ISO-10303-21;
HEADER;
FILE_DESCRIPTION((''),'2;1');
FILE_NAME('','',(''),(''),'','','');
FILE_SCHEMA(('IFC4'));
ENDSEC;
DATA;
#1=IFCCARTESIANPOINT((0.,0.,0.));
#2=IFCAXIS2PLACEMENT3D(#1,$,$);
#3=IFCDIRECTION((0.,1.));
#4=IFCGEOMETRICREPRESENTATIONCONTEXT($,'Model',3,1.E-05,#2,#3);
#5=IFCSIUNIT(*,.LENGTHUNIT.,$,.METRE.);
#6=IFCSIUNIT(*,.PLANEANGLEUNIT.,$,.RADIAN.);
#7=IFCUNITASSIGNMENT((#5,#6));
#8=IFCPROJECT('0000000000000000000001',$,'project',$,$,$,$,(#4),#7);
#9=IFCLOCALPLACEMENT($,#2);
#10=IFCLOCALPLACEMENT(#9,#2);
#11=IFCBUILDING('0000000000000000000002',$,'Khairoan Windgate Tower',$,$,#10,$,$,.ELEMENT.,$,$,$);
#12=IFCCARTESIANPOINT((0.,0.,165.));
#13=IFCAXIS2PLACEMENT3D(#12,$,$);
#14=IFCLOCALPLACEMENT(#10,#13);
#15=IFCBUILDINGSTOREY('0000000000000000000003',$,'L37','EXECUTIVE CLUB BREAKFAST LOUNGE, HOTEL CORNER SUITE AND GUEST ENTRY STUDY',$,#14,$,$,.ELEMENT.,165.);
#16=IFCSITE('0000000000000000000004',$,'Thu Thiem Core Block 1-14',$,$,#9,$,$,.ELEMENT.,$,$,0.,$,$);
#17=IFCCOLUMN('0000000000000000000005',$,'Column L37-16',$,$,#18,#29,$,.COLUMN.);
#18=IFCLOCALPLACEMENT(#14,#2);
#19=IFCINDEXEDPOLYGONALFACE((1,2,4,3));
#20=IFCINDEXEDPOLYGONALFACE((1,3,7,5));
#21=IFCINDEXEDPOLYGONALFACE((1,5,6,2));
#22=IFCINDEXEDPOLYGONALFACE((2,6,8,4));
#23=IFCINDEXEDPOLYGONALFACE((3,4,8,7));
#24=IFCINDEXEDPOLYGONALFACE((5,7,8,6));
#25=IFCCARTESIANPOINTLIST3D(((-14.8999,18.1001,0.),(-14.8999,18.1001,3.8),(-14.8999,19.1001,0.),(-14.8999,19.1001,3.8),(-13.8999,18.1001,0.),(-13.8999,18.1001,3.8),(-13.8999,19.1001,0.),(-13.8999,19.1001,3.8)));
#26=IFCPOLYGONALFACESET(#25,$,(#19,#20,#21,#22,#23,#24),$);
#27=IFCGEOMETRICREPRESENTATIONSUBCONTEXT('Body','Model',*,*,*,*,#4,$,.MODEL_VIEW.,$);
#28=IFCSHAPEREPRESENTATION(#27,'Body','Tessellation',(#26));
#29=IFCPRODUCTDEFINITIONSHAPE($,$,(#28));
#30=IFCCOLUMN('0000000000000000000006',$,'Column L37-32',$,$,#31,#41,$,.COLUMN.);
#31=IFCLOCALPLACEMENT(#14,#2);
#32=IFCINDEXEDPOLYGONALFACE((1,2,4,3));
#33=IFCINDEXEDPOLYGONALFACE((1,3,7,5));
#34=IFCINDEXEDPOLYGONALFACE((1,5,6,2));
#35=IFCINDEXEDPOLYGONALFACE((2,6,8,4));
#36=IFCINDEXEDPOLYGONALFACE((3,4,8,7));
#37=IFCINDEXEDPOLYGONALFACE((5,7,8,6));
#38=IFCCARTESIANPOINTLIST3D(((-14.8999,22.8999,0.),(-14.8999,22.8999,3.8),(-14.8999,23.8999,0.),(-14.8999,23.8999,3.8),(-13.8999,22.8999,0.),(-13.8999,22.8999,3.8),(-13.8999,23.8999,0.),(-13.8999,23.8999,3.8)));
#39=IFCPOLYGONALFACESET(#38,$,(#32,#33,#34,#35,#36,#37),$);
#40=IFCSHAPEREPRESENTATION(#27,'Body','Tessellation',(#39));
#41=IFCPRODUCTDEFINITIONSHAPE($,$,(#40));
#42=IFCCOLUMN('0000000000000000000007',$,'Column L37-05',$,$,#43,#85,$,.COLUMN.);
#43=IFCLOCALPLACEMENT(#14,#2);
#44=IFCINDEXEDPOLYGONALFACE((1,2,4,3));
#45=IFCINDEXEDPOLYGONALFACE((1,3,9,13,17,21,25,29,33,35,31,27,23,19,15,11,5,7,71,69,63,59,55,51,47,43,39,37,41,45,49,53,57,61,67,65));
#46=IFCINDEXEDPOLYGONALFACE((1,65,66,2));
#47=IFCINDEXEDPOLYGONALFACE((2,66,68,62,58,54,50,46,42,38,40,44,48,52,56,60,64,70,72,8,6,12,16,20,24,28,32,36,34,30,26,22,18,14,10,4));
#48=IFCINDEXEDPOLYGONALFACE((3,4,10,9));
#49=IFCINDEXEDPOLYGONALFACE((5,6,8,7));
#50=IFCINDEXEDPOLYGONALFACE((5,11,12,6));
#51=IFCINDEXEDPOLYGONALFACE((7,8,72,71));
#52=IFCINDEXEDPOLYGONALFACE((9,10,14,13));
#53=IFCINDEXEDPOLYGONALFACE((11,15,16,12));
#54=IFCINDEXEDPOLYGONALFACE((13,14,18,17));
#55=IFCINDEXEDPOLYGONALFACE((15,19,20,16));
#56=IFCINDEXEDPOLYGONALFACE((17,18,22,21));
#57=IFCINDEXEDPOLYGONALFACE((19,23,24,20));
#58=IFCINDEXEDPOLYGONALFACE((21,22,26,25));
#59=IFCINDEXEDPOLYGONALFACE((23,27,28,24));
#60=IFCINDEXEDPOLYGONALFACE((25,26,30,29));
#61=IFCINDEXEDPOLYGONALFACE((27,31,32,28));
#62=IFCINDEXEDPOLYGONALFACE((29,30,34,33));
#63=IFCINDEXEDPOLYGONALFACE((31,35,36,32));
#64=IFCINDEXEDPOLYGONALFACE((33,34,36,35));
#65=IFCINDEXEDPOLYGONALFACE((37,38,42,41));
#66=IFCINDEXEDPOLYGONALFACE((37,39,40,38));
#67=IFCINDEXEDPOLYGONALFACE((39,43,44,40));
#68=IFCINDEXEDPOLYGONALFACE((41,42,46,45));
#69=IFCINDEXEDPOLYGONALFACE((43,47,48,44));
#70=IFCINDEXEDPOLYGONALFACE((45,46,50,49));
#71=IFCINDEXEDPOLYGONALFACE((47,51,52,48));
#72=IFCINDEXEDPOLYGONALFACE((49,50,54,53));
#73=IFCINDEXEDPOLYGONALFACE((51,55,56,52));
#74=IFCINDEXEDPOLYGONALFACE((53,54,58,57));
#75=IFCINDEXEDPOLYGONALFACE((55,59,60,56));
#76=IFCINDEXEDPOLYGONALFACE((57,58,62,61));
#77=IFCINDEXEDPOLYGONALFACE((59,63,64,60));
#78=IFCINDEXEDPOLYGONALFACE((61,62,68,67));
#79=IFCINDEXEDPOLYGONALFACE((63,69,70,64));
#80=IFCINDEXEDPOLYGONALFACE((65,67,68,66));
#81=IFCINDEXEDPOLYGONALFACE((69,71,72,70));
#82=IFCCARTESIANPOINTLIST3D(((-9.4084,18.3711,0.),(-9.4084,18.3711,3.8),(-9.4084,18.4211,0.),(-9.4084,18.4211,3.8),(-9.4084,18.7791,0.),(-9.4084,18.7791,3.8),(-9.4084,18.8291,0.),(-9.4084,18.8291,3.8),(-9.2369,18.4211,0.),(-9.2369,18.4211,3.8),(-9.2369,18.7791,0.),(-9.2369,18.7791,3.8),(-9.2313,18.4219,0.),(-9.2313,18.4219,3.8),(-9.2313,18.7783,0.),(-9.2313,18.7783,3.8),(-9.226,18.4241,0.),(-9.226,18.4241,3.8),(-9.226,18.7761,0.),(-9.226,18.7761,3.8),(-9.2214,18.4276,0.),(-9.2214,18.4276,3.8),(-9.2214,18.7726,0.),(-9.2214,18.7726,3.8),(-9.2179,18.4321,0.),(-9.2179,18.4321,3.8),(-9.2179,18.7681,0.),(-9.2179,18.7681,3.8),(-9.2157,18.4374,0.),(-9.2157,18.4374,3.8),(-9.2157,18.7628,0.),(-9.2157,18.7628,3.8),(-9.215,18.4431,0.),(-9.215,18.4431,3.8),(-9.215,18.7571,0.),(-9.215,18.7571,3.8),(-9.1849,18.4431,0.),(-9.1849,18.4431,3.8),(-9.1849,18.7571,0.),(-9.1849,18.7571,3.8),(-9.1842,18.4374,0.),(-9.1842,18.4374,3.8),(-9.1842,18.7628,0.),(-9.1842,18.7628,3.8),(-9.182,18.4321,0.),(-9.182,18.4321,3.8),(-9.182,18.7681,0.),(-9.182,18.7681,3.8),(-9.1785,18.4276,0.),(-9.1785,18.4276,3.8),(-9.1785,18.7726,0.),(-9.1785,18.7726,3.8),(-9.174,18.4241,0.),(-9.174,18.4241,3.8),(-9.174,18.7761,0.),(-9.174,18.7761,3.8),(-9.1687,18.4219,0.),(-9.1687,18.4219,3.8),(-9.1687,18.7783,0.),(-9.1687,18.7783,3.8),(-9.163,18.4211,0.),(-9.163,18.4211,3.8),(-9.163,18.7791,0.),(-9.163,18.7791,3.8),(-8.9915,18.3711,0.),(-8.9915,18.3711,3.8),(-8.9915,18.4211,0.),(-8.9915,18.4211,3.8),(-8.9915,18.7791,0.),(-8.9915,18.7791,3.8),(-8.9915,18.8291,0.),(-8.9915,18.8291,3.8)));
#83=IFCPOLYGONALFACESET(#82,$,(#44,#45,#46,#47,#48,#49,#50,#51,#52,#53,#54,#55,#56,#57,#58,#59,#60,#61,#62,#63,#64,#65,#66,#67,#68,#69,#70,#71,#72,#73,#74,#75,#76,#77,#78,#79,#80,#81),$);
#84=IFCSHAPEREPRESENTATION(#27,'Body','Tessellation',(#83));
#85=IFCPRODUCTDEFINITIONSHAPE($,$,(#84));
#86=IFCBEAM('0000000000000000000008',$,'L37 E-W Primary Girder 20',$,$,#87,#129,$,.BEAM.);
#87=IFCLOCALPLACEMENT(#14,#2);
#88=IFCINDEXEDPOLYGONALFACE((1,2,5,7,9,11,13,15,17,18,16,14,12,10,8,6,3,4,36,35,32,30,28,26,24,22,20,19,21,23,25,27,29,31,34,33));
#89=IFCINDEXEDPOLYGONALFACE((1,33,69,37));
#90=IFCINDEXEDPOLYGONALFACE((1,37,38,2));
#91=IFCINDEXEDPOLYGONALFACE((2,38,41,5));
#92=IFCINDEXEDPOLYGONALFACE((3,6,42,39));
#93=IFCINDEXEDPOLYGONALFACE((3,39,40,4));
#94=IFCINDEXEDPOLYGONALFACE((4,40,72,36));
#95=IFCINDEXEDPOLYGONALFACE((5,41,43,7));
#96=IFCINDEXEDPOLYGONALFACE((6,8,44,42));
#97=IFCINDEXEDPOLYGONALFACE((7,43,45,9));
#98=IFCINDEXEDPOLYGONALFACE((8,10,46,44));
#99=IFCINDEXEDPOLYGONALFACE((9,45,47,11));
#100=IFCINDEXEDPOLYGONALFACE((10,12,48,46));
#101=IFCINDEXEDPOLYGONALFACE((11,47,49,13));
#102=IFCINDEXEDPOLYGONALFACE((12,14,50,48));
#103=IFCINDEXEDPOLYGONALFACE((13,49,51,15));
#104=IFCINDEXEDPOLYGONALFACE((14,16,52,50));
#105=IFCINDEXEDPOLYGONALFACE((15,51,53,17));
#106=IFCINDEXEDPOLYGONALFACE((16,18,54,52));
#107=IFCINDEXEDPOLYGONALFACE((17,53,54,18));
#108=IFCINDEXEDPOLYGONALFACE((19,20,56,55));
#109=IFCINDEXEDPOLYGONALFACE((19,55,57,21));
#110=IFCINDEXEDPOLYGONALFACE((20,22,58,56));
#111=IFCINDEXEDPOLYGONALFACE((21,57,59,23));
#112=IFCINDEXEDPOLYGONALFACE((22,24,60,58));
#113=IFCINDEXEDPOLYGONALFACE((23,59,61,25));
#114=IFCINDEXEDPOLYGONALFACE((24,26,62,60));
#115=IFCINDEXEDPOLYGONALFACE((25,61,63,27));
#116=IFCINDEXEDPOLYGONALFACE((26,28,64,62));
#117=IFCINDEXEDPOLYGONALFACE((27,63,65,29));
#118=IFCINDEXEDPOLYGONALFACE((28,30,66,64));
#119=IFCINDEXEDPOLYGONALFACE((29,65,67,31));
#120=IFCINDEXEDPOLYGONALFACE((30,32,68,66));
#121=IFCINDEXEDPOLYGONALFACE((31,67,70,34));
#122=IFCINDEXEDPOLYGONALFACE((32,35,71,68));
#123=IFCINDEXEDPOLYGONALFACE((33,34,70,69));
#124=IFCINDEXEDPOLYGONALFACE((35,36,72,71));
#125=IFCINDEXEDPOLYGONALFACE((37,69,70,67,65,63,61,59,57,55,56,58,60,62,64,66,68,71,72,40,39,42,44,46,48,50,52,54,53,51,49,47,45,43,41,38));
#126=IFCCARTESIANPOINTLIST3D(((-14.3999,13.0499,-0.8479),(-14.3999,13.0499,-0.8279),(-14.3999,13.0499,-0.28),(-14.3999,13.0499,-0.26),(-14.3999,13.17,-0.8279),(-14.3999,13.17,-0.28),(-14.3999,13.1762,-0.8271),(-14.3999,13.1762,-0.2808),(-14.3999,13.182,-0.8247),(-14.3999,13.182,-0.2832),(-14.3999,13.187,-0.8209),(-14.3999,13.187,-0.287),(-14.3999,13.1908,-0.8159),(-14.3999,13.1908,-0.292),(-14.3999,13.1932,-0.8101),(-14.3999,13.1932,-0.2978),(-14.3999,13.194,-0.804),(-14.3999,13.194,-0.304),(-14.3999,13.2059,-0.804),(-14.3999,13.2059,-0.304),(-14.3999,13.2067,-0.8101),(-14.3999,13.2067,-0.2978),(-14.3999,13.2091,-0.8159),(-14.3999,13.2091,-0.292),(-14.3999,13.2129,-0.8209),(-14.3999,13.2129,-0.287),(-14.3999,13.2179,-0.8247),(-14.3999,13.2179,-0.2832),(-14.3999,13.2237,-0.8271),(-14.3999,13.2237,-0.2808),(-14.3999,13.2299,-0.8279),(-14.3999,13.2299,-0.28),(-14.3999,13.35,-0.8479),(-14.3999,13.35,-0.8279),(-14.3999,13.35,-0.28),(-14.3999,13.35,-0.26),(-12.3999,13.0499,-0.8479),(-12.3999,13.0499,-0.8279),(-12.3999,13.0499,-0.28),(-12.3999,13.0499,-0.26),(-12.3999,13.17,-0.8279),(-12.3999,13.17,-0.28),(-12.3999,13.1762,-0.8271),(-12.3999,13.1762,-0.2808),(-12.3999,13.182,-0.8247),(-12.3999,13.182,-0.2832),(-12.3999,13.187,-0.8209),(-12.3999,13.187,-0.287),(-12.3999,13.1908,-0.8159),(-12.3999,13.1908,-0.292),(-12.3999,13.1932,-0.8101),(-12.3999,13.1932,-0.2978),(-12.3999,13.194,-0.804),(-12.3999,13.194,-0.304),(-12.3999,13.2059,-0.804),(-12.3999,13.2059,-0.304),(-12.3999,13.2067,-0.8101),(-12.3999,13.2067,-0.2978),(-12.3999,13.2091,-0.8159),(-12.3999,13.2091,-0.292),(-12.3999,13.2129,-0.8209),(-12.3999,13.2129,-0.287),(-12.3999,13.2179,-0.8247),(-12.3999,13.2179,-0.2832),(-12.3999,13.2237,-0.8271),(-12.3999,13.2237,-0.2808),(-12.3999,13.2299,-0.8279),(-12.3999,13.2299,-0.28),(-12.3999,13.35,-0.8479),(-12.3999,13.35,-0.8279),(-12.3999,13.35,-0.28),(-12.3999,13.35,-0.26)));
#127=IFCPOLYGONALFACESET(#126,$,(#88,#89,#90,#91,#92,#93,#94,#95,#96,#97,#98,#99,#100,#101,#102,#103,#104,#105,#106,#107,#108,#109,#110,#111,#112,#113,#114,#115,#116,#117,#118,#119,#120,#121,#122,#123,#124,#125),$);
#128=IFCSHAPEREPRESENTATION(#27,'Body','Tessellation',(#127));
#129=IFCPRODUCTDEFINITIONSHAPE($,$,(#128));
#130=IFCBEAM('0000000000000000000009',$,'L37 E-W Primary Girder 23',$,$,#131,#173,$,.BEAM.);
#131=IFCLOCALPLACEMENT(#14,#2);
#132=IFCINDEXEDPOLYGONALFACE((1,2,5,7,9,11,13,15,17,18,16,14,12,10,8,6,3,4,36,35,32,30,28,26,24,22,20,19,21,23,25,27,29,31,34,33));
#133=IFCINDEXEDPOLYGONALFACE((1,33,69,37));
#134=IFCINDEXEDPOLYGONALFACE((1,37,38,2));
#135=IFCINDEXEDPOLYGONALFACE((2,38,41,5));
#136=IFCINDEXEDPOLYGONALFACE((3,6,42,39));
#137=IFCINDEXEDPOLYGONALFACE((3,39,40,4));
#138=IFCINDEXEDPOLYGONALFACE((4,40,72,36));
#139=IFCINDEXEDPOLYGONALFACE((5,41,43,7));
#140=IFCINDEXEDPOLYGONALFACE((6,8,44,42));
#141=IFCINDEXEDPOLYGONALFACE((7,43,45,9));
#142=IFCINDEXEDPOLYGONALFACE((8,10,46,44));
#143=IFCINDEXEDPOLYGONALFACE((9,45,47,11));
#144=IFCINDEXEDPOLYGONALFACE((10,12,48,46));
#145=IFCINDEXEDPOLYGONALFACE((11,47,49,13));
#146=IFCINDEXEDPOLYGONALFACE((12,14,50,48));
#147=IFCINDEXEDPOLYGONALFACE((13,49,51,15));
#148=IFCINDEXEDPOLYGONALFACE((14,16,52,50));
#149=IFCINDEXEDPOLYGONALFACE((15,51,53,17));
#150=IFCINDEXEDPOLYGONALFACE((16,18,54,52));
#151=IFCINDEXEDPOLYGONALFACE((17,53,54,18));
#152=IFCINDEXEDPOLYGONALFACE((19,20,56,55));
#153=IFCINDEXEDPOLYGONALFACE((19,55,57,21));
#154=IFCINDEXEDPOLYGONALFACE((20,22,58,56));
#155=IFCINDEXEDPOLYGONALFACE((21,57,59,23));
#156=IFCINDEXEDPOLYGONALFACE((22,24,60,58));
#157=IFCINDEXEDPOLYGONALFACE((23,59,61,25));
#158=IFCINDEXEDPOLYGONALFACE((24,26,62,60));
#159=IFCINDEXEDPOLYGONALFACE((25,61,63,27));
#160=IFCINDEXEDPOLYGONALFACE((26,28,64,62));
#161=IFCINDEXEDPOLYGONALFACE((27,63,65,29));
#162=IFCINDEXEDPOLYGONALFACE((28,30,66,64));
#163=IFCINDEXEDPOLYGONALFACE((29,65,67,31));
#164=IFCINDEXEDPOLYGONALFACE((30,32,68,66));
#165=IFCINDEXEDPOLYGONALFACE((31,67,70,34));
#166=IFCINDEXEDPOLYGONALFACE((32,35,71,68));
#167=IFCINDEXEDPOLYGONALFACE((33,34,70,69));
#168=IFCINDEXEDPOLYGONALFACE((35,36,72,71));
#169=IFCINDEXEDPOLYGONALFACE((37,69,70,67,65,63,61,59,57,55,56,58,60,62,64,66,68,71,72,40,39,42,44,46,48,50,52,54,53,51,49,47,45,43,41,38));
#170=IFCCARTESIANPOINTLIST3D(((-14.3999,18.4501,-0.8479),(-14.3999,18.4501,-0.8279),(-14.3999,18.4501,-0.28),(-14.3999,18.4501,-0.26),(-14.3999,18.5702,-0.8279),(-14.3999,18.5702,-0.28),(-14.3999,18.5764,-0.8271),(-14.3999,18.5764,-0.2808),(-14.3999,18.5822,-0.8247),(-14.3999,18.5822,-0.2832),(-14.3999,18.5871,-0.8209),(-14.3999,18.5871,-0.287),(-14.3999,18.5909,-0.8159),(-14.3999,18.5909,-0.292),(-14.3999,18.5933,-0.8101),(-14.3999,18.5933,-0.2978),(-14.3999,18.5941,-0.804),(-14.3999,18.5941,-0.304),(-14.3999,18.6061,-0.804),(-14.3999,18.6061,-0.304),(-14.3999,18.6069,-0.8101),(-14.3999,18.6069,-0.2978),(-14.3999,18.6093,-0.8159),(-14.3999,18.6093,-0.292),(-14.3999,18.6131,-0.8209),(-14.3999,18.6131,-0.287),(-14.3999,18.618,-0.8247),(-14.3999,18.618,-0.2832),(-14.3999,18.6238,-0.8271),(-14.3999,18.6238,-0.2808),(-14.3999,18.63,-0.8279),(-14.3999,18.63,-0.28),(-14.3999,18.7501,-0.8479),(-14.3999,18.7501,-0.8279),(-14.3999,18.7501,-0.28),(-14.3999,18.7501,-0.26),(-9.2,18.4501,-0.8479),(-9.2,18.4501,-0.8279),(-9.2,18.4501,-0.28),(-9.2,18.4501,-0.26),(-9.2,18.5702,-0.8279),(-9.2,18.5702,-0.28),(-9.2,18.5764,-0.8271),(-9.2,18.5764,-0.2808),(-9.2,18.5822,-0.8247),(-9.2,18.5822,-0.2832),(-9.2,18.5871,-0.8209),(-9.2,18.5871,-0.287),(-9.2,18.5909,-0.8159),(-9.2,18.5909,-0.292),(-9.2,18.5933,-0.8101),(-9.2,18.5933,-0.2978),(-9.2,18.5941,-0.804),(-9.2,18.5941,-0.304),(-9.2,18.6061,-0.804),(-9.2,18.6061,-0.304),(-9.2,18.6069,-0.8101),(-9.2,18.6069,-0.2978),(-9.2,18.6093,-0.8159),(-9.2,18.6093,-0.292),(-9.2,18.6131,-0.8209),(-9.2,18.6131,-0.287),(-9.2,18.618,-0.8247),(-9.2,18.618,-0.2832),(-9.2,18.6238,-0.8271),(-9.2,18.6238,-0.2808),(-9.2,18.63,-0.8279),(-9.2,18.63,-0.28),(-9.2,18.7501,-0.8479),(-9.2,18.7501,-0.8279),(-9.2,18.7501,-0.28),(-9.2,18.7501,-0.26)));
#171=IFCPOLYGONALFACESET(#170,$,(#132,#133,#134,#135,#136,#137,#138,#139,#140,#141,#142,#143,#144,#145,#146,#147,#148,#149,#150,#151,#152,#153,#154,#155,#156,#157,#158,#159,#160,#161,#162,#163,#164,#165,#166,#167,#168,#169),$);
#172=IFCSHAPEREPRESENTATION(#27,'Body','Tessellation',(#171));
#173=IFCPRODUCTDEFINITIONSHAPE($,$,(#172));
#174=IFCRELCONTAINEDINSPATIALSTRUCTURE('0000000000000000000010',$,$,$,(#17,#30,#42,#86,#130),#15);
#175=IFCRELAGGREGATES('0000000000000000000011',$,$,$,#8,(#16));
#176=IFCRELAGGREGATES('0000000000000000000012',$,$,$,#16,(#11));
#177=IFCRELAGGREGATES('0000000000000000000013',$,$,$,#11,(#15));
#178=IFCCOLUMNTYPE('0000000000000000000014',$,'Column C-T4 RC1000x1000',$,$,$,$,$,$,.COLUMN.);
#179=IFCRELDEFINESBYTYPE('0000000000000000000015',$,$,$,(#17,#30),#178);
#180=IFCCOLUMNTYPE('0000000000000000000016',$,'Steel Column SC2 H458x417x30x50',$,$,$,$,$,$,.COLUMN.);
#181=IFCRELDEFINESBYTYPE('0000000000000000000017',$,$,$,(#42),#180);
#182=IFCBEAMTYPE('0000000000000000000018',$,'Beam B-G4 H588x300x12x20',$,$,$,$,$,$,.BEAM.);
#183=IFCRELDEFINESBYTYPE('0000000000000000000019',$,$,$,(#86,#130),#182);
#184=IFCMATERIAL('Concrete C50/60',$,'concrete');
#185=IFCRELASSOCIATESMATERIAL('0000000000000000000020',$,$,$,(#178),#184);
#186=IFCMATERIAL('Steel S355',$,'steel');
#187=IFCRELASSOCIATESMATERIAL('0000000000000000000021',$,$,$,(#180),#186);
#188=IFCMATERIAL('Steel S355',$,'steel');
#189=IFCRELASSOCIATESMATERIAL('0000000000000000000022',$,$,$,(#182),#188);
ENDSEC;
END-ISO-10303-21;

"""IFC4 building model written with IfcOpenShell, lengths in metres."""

from ifc_helpers import new_model, si_unit, direction, frame, origin, origin_2d, place, context, subcontext, project, spatial, rectangle, i_section, extrude, material, material_profile, profile_set, type_object, element, save


model = new_model("IFC4")

# Units and contexts
model_context = context("Model", 3, precision=1e-05, world=origin(), true_north=direction((0.0, 1.0)))
body_context = subcontext(model_context, "Body", "Model", "MODEL_VIEW")
ifc_project = project(units=[si_unit("LENGTHUNIT", "METRE"), si_unit("PLANEANGLEUNIT", "RADIAN")], contexts=[model_context])

# Site, building, storey
site_placement = place(None, origin())
site = spatial("IfcSite", under=ifc_project, at=site_placement, Name="Thu Thiem Core Block 1-14", CompositionType="ELEMENT", RefElevation=0.0)
building_placement = place(site_placement, origin())
building = spatial("IfcBuilding", under=site, at=building_placement, Name="Khairoan Windgate Tower", CompositionType="ELEMENT")
storey_placement = place(building_placement, frame((0.0, 0.0, 165.0)))
storey = spatial("IfcBuildingStorey", under=building, at=storey_placement, Name="L37", Description="EXECUTIVE CLUB BREAKFAST LOUNGE, HOTEL CORNER SUITE AND GUEST ENTRY STUDY", CompositionType="ELEMENT", Elevation=165.0)

# Columns
ifc_material_1 = material(Name="Concrete C50/60", Category="concrete")
ifc_material_profile_1 = material_profile(ifc_material_1, rectangle(XDim=1.0, YDim=1.0, at=origin_2d()))
ifc_profile_set_1 = profile_set([ifc_material_profile_1], Name="Concrete C50/60")
column_type_1 = type_object("IfcColumnType", Name="Column C-T4 RC1000x1000", PredefinedType="COLUMN", material=ifc_profile_set_1)
for number, where, z_axis, x_axis, name in (
    (1, (-14.3999, 18.6001, 0.0), (0.0, 0.0, 1.0), (1.0, 0.0, 0.0), "Column L37-16"),
    (2, (-14.3999, 23.3999, 0.0), (0.0, 0.0, 1.0), (1.0, 0.0, 0.0), "Column L37-32"),
):
    element("IfcColumn", number, at=place(storey_placement, frame(where, z_axis=z_axis, x_axis=x_axis)), inside=storey, type_object=column_type_1, Name=name, PredefinedType="COLUMN", context=body_context, shape_type="SweptSolid", body=[
        extrude(rectangle(XDim=1.0, YDim=1.0, at=origin_2d()), origin(), (0.0, 0.0, 1.0), 3.8),
    ])
ifc_material_2 = material(Name="Steel S355", Category="steel")
ifc_material_profile_2 = material_profile(ifc_material_2, i_section(OverallWidth=0.417, OverallDepth=0.458, WebThickness=0.03, FlangeThickness=0.05, FilletRadius=0.022, at=origin_2d()))
ifc_profile_set_2 = profile_set([ifc_material_profile_2], Name="Steel S355")
column_type_2 = type_object("IfcColumnType", Name="Steel Column SC2 H458x417x30x50", PredefinedType="COLUMN", material=ifc_profile_set_2)
column_placement = place(storey_placement, frame((-9.2, 18.6001, 0.0), z_axis=(0.0, 0.0, 1.0), x_axis=(1.0, 0.0, 0.0)))
element("IfcColumn", 3, at=column_placement, inside=storey, type_object=column_type_2, Name="Column L37-05", PredefinedType="COLUMN", context=body_context, shape_type="SweptSolid", body=[
    extrude(i_section(OverallWidth=0.417, OverallDepth=0.458, WebThickness=0.03, FlangeThickness=0.05, FilletRadius=0.022, at=origin_2d()), origin(), (0.0, 0.0, 1.0), 3.8),
])

# Beams
ifc_material_3 = material(Name="Steel S355", Category="steel")
ifc_material_profile_3 = material_profile(ifc_material_3, i_section(OverallWidth=0.3, OverallDepth=0.5879, WebThickness=0.012, FlangeThickness=0.02, FilletRadius=0.0239, at=origin_2d()))
ifc_profile_set_3 = profile_set([ifc_material_profile_3], Name="Steel S355")
beam_type_1 = type_object("IfcBeamType", Name="Beam B-G4 H588x300x12x20", PredefinedType="BEAM", material=ifc_profile_set_3)
beam_1_placement = place(storey_placement, frame((-14.3999, 13.2, -0.554), z_axis=(1.0, 0.0, 0.0), x_axis=(0.0, 1.0, 0.0)))
element("IfcBeam", 4, at=beam_1_placement, inside=storey, type_object=beam_type_1, Name="L37 E-W Primary Girder 20", PredefinedType="BEAM", context=body_context, shape_type="SweptSolid", body=[
    extrude(i_section(OverallWidth=0.3, OverallDepth=0.5879, WebThickness=0.012, FlangeThickness=0.02, FilletRadius=0.0239, at=origin_2d()), origin(), (0.0, 0.0, 1.0), 2.0),
])
beam_2_placement = place(storey_placement, frame((-14.3999, 18.6001, -0.554), z_axis=(1.0, 0.0, 0.0), x_axis=(0.0, 1.0, 0.0)))
element("IfcBeam", 5, at=beam_2_placement, inside=storey, type_object=beam_type_1, Name="L37 E-W Primary Girder 23", PredefinedType="BEAM", context=body_context, shape_type="SweptSolid", body=[
    extrude(i_section(OverallWidth=0.3, OverallDepth=0.5879, WebThickness=0.012, FlangeThickness=0.02, FilletRadius=0.0239, at=origin_2d()), origin(), (0.0, 0.0, 1.0), 5.2),
])

save(model, "model.ifc")
